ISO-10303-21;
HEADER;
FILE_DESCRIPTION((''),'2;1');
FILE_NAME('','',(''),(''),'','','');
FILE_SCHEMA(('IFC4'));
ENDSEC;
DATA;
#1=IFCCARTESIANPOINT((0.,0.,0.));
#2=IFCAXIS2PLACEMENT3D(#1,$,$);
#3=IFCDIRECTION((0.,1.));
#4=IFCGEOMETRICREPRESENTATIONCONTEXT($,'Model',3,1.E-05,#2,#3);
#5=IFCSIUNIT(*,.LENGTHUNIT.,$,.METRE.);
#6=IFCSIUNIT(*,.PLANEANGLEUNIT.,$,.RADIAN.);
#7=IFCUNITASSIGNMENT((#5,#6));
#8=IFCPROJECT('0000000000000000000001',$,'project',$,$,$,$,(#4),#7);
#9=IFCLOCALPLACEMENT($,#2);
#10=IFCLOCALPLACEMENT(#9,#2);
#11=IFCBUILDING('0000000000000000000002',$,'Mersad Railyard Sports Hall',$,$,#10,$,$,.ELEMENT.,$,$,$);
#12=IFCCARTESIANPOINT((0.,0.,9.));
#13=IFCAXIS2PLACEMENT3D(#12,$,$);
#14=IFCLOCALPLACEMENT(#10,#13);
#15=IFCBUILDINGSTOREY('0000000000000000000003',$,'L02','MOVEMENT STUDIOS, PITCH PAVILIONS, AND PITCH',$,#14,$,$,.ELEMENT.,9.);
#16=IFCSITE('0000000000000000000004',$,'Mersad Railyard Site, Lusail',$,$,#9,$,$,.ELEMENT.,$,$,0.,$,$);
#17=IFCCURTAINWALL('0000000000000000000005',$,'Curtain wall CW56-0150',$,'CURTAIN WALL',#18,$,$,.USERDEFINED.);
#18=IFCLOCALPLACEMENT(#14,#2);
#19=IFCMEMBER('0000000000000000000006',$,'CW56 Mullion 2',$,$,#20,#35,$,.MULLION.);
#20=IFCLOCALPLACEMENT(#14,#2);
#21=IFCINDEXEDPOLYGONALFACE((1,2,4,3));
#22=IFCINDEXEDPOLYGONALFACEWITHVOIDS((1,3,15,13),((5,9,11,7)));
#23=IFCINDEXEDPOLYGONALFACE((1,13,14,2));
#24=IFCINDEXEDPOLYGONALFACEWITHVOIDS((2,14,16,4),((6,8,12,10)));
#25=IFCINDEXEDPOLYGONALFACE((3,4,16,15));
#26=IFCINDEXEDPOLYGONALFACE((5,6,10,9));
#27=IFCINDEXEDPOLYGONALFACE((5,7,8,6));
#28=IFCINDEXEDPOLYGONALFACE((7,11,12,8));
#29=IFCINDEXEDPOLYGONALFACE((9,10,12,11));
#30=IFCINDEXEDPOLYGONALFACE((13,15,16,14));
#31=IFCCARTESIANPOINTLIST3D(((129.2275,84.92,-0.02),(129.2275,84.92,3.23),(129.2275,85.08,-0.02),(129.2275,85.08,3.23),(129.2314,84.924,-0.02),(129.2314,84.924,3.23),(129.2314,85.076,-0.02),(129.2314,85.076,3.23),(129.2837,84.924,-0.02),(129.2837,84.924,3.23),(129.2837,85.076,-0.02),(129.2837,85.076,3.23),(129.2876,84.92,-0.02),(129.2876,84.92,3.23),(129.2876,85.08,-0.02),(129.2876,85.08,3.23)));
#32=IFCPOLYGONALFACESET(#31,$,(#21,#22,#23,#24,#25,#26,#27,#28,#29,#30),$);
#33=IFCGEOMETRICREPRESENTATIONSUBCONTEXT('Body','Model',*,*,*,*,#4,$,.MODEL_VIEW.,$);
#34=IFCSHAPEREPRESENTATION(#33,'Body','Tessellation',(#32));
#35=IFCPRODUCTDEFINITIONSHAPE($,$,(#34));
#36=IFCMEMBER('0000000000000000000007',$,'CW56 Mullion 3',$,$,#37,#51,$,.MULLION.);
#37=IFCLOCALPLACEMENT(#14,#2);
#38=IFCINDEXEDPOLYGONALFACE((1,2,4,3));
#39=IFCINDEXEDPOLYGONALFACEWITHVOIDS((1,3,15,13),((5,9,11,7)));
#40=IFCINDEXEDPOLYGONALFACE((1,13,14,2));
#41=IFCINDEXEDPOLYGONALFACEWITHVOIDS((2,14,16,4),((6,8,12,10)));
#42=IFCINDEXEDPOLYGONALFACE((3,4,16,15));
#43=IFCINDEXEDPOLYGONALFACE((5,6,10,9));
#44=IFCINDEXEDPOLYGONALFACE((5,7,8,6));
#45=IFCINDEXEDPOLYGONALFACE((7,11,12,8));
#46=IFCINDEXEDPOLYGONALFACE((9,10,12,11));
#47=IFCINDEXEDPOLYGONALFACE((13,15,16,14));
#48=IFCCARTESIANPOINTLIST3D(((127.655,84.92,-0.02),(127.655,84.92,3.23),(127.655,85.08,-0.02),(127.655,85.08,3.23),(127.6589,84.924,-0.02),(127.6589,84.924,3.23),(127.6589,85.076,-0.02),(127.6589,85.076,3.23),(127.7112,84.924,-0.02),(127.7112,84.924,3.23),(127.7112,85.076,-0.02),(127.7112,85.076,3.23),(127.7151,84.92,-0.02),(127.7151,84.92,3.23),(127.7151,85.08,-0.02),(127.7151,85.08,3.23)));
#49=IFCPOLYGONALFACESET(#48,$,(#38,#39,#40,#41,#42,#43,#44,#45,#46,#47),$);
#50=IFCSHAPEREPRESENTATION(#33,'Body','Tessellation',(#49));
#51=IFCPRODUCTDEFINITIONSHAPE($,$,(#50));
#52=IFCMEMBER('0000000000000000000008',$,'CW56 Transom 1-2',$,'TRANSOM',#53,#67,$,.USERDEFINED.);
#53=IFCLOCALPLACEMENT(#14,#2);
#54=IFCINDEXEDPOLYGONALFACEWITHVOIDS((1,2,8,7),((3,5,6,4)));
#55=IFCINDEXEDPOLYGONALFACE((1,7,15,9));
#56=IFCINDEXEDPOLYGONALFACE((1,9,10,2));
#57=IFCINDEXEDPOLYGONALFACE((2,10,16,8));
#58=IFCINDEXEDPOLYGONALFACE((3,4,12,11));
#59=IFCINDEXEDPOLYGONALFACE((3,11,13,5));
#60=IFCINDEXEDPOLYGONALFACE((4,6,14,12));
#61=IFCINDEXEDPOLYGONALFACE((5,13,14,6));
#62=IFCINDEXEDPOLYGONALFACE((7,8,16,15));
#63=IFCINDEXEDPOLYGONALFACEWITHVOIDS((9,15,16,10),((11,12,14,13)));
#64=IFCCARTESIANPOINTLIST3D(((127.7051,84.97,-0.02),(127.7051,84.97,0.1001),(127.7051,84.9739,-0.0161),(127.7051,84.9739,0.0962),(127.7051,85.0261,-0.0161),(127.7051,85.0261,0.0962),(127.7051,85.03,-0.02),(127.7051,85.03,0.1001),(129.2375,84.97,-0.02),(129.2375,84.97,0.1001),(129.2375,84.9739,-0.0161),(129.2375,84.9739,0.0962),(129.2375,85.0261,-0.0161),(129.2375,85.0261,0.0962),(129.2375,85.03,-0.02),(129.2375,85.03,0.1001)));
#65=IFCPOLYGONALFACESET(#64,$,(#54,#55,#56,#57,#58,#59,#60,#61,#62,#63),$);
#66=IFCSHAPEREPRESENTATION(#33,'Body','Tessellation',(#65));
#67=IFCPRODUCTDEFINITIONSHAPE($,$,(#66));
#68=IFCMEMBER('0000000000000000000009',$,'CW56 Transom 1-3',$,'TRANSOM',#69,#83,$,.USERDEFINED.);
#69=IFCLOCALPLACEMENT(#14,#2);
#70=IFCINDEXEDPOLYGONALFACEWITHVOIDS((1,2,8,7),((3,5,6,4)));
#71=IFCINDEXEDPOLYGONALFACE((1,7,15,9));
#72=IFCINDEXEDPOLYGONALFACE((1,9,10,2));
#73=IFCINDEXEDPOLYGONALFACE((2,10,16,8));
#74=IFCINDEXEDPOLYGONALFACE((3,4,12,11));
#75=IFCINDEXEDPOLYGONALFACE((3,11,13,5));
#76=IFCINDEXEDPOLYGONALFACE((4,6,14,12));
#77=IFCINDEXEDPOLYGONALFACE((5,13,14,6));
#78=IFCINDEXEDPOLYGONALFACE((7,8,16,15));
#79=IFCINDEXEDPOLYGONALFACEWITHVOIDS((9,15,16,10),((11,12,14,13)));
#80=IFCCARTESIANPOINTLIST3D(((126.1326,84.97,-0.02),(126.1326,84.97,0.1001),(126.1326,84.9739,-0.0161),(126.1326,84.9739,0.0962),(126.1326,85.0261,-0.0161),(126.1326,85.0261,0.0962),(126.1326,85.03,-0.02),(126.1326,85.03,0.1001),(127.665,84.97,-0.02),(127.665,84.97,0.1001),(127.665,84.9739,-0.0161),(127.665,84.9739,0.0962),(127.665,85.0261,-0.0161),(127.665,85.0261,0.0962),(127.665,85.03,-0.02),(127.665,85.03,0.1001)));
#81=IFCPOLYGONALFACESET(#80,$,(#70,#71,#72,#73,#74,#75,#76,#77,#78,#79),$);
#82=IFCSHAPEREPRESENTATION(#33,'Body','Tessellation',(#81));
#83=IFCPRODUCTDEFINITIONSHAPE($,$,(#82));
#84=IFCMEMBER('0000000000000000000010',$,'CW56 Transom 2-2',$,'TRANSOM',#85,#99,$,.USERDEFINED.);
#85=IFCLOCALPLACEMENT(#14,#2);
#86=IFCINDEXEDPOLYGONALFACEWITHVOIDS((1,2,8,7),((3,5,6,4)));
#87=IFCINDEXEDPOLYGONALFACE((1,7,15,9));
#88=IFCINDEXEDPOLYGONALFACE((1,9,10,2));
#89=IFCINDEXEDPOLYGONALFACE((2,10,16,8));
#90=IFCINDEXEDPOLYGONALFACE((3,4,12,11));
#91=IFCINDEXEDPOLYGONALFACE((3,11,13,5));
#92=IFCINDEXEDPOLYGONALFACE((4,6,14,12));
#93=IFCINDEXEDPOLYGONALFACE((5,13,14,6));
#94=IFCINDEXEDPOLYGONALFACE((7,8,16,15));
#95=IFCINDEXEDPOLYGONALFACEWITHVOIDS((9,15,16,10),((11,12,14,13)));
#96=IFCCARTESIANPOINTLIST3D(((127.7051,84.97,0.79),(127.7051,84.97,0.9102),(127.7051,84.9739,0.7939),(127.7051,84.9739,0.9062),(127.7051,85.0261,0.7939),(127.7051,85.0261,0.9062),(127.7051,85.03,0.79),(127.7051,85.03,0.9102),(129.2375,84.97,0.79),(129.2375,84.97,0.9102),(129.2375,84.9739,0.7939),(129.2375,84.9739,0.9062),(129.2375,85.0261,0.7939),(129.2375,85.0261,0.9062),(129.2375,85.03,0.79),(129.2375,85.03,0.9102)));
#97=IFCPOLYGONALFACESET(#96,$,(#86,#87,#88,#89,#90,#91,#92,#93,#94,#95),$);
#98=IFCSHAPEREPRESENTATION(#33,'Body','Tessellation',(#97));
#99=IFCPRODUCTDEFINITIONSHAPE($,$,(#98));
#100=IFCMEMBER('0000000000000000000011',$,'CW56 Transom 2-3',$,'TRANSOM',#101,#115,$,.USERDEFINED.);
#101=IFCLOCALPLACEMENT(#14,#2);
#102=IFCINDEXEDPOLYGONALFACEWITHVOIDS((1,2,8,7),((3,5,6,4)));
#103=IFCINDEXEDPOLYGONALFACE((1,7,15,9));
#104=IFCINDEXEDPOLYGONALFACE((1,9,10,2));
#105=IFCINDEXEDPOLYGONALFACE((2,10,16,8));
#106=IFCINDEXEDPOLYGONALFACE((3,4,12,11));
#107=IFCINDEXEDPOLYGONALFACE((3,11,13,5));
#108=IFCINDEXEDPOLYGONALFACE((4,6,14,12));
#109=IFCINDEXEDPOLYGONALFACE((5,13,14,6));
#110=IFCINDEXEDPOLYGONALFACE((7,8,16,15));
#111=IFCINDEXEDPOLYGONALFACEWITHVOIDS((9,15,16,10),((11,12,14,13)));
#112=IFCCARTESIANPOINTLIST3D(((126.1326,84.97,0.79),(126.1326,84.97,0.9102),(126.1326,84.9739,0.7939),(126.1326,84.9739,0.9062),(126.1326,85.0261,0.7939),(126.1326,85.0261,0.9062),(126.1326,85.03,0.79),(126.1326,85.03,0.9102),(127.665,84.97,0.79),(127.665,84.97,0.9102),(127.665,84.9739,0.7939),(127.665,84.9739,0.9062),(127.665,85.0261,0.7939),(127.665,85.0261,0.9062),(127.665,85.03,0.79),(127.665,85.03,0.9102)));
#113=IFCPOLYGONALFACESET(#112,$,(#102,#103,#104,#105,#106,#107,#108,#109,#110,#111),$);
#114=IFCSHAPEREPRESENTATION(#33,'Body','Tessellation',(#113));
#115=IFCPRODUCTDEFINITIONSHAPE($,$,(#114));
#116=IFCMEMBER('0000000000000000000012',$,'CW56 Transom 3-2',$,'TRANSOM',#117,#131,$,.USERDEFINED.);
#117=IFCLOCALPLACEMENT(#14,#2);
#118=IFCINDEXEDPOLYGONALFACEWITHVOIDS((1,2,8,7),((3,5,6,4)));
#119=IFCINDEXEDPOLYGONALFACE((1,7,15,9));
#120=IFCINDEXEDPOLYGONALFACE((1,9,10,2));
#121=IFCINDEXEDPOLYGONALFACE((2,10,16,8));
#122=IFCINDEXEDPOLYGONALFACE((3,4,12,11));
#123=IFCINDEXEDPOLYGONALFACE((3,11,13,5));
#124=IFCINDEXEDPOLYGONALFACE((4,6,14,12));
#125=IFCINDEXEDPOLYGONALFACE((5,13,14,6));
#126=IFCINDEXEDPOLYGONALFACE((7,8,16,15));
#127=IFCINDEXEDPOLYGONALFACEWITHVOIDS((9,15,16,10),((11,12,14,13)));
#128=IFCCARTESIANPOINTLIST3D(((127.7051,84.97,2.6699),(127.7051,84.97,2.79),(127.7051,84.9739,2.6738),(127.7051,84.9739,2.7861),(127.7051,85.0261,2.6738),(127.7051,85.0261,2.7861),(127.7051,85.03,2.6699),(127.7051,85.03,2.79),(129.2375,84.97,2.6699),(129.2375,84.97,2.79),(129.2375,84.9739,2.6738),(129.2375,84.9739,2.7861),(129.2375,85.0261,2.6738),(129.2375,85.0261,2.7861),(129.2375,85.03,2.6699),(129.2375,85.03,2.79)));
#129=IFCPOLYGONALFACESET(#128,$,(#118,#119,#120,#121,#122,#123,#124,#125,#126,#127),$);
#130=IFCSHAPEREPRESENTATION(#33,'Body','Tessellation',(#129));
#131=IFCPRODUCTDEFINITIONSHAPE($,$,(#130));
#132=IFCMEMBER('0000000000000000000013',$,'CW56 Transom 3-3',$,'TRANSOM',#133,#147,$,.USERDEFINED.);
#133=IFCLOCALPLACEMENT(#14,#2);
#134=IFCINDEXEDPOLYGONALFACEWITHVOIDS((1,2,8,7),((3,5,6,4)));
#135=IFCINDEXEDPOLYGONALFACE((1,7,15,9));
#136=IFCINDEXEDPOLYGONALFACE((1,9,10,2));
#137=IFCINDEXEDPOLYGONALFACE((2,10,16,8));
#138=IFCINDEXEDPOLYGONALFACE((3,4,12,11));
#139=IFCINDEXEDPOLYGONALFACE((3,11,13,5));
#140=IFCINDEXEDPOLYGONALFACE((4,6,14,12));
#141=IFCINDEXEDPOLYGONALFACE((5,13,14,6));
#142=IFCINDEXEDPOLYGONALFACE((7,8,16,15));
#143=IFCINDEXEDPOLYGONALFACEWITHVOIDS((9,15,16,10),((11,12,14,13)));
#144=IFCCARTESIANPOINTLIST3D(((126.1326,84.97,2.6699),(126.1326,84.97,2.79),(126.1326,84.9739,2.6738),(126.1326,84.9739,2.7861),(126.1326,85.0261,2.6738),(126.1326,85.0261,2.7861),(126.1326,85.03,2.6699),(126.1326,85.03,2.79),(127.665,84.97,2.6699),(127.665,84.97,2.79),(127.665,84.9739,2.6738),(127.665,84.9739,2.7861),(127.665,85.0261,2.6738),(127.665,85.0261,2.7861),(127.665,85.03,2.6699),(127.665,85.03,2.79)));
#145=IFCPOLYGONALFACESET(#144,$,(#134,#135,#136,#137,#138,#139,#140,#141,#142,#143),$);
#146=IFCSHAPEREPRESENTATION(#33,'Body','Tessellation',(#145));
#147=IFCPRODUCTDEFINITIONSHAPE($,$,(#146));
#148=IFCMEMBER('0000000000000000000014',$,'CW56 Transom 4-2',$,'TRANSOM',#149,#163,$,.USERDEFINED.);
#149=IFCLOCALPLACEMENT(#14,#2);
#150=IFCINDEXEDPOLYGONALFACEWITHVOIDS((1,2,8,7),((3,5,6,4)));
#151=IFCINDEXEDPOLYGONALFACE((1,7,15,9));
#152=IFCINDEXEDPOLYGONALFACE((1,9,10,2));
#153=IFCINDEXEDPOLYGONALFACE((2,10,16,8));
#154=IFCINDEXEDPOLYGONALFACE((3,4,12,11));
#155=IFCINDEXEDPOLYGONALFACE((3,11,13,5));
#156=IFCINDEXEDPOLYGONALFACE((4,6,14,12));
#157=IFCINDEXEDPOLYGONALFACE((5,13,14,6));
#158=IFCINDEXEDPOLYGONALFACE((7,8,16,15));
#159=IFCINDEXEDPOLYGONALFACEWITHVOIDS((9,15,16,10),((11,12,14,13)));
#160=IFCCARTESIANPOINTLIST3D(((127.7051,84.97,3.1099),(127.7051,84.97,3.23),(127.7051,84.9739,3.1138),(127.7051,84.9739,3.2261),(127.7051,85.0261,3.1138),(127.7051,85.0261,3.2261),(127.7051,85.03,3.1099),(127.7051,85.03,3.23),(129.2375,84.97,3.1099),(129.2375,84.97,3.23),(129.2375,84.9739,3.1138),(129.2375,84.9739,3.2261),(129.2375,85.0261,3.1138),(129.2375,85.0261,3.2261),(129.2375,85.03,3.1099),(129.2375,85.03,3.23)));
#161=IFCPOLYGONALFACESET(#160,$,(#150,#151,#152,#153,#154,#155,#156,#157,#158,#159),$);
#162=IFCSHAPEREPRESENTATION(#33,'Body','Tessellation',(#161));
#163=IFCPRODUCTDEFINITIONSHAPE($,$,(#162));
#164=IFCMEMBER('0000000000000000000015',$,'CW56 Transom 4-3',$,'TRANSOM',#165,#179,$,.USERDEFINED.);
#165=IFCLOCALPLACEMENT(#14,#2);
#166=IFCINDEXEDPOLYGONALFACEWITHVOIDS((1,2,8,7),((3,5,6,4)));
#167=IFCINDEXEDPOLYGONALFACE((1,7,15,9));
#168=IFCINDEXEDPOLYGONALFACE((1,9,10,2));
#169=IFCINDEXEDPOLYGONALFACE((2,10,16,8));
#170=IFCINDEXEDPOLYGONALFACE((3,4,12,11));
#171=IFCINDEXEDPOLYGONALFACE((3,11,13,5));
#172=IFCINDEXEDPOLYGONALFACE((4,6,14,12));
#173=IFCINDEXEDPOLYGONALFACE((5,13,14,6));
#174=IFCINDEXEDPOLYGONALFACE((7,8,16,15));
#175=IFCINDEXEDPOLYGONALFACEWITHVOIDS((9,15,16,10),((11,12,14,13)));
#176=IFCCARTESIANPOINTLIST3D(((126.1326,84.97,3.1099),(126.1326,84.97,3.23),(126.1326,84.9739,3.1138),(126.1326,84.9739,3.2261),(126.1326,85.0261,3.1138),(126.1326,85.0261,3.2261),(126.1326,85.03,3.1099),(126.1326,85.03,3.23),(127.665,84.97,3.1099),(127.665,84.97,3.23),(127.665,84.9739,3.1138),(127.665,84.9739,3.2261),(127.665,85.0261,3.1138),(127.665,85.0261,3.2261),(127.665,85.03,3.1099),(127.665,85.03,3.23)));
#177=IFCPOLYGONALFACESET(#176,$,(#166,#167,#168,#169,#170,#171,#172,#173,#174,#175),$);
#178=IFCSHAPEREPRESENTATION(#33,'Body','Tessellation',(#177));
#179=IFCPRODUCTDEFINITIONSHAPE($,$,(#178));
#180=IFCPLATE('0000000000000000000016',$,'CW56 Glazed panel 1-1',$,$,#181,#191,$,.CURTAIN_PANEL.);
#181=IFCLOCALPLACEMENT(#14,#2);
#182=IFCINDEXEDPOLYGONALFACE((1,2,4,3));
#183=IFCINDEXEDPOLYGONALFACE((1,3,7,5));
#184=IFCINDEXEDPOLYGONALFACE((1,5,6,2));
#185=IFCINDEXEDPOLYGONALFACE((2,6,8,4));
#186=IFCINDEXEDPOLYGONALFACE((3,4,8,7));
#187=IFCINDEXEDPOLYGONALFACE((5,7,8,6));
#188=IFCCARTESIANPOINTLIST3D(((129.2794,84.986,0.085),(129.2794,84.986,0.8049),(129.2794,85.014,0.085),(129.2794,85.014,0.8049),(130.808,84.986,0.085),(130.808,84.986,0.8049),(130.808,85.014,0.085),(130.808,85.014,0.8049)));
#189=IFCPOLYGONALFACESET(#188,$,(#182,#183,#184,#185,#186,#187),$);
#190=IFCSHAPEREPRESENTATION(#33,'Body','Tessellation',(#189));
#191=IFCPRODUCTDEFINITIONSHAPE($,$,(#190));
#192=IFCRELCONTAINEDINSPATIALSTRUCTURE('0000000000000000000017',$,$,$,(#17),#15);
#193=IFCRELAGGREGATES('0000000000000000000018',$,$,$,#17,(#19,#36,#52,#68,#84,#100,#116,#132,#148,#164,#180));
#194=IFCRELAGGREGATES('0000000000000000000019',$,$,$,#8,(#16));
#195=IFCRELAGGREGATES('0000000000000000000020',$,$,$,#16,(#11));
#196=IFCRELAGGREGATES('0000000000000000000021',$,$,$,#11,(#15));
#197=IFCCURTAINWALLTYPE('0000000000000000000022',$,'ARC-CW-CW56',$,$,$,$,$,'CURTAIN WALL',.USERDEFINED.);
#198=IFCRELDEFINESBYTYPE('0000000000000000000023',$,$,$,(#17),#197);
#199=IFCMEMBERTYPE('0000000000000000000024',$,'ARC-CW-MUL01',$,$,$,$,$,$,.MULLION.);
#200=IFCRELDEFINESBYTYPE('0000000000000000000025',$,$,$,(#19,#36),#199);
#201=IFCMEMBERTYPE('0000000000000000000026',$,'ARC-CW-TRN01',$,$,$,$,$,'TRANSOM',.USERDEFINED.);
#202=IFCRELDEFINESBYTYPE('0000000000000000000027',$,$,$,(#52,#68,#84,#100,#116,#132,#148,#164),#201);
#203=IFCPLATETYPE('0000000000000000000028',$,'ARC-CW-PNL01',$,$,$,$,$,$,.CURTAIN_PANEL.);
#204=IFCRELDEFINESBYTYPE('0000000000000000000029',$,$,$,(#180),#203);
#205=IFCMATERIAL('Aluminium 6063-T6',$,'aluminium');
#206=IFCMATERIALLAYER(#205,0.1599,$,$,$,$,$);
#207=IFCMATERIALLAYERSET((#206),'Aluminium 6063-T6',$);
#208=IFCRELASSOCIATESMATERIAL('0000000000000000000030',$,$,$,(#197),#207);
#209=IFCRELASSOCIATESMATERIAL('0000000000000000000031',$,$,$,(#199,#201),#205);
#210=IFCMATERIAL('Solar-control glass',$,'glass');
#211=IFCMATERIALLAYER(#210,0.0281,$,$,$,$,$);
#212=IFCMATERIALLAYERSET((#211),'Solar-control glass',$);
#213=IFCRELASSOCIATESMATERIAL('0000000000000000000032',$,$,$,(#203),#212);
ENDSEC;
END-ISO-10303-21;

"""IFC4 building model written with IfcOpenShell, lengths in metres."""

from ifc_helpers import new_model, si_unit, direction, frame, origin, origin_2d, place, context, subcontext, project, spatial, rectangle, hollow_rectangle, extrude, material, layer, layer_set, material_profile, profile_set, type_object, element, aggregate, save


model = new_model("IFC4")

# Units and contexts
model_context = context("Model", 3, precision=1e-05, world=origin(), true_north=direction((0.0, 1.0)))
body_context = subcontext(model_context, "Body", "Model", "MODEL_VIEW")
ifc_project = project(units=[si_unit("LENGTHUNIT", "METRE"), si_unit("PLANEANGLEUNIT", "RADIAN")], contexts=[model_context])

# Site, building, storey
site_placement = place(None, origin())
site = spatial("IfcSite", under=ifc_project, at=site_placement, Name="Mersad Railyard Site, Lusail", CompositionType="ELEMENT", RefElevation=0.0)
building_placement = place(site_placement, origin())
building = spatial("IfcBuilding", under=site, at=building_placement, Name="Mersad Railyard Sports Hall", CompositionType="ELEMENT")
storey_placement = place(building_placement, frame((0.0, 0.0, 9.0)))
storey = spatial("IfcBuildingStorey", under=building, at=storey_placement, Name="L02", Description="MOVEMENT STUDIOS, PITCH PAVILIONS, AND PITCH", CompositionType="ELEMENT", Elevation=9.0)

# Curtain wall, members, plate
ifc_material_1 = material(Name="Aluminium 6063-T6", Category="aluminium")
ifc_layer_1 = layer(ifc_material_1, 0.1599)
ifc_layer_set_1 = layer_set([ifc_layer_1], Name="Aluminium 6063-T6")
curtain_wall_type = type_object("IfcCurtainWallType", Name="ARC-CW-CW56", ElementType="CURTAIN WALL", PredefinedType="USERDEFINED", material=ifc_layer_set_1)
curtain_wall_placement = place(storey_placement, origin())
curtain_wall = element("IfcCurtainWall", 1, at=curtain_wall_placement, inside=storey, type_object=curtain_wall_type, Name="Curtain wall CW56-0150", ObjectType="CURTAIN WALL", PredefinedType="USERDEFINED")
ifc_material_profile_1 = material_profile(ifc_material_1, hollow_rectangle(XDim=0.0601, YDim=0.1599, WallThickness=0.0039, at=origin_2d()), Name="AL MULLION 60x160x4")
ifc_profile_set_1 = profile_set([ifc_material_profile_1], Name="Aluminium 6063-T6")
member_type_1 = type_object("IfcMemberType", Name="ARC-CW-MUL01", PredefinedType="MULLION", material=ifc_profile_set_1)
member_1_placement = place(storey_placement, frame((129.2576, 85.0, -0.02), z_axis=(0.0, 0.0, 1.0), x_axis=(1.0, 0.0, 0.0)))
member_1 = element("IfcMember", 2, at=member_1_placement, type_object=member_type_1, Name="CW56 Mullion 2", PredefinedType="MULLION", context=body_context, shape_type="SweptSolid", body=[
    extrude(hollow_rectangle(XDim=0.0601, YDim=0.1599, WallThickness=0.0039, at=origin_2d()), origin(), (0.0, 0.0, 1.0), 3.25),
])
member_2_placement = place(storey_placement, frame((127.6851, 85.0, -0.02), z_axis=(0.0, 0.0, 1.0), x_axis=(1.0, 0.0, 0.0)))
member_2 = element("IfcMember", 3, at=member_2_placement, type_object=member_type_1, Name="CW56 Mullion 3", PredefinedType="MULLION", context=body_context, shape_type="SweptSolid", body=[
    extrude(hollow_rectangle(XDim=0.0601, YDim=0.1599, WallThickness=0.0039, at=origin_2d()), origin(), (0.0, 0.0, 1.0), 3.25),
])
ifc_material_profile_2 = material_profile(ifc_material_1, hollow_rectangle(XDim=0.0601, YDim=0.1201, WallThickness=0.0039, at=origin_2d()), Name="AL TRANSOM 60x120x4")
ifc_profile_set_2 = profile_set([ifc_material_profile_2], Name="Aluminium 6063-T6")
member_type_2 = type_object("IfcMemberType", Name="ARC-CW-TRN01", ElementType="TRANSOM", PredefinedType="USERDEFINED", material=ifc_profile_set_2)
member_3_placement = place(storey_placement, frame((129.2375, 85.0, 0.04), z_axis=(-1.0, 0.0, 0.0), x_axis=(0.0, -1.0, 0.0)))
member_3 = element("IfcMember", 4, at=member_3_placement, type_object=member_type_2, Name="CW56 Transom 1-2", ObjectType="TRANSOM", PredefinedType="USERDEFINED", context=body_context, shape_type="SweptSolid", body=[
    extrude(hollow_rectangle(XDim=0.0601, YDim=0.1201, WallThickness=0.0039, at=origin_2d()), origin(), (0.0, 0.0, 1.0), 1.5325),
])
member_4_placement = place(storey_placement, frame((127.665, 85.0, 0.04), z_axis=(-1.0, 0.0, 0.0), x_axis=(0.0, -1.0, 0.0)))
member_4 = element("IfcMember", 5, at=member_4_placement, type_object=member_type_2, Name="CW56 Transom 1-3", ObjectType="TRANSOM", PredefinedType="USERDEFINED", context=body_context, shape_type="SweptSolid", body=[
    extrude(hollow_rectangle(XDim=0.0601, YDim=0.1201, WallThickness=0.0039, at=origin_2d()), origin(), (0.0, 0.0, 1.0), 1.5325),
])
member_5_placement = place(storey_placement, frame((129.2375, 85.0, 0.8501), z_axis=(-1.0, 0.0, 0.0), x_axis=(0.0, -1.0, 0.0)))
member_5 = element("IfcMember", 6, at=member_5_placement, type_object=member_type_2, Name="CW56 Transom 2-2", ObjectType="TRANSOM", PredefinedType="USERDEFINED", context=body_context, shape_type="SweptSolid", body=[
    extrude(hollow_rectangle(XDim=0.0601, YDim=0.1201, WallThickness=0.0039, at=origin_2d()), origin(), (0.0, 0.0, 1.0), 1.5325),
])
member_6_placement = place(storey_placement, frame((127.665, 85.0, 0.8501), z_axis=(-1.0, 0.0, 0.0), x_axis=(0.0, -1.0, 0.0)))
member_6 = element("IfcMember", 7, at=member_6_placement, type_object=member_type_2, Name="CW56 Transom 2-3", ObjectType="TRANSOM", PredefinedType="USERDEFINED", context=body_context, shape_type="SweptSolid", body=[
    extrude(hollow_rectangle(XDim=0.0601, YDim=0.1201, WallThickness=0.0039, at=origin_2d()), origin(), (0.0, 0.0, 1.0), 1.5325),
])
member_7_placement = place(storey_placement, frame((129.2375, 85.0, 2.73), z_axis=(-1.0, 0.0, 0.0), x_axis=(0.0, -1.0, 0.0)))
member_7 = element("IfcMember", 8, at=member_7_placement, type_object=member_type_2, Name="CW56 Transom 3-2", ObjectType="TRANSOM", PredefinedType="USERDEFINED", context=body_context, shape_type="SweptSolid", body=[
    extrude(hollow_rectangle(XDim=0.0601, YDim=0.1201, WallThickness=0.0039, at=origin_2d()), origin(), (0.0, 0.0, 1.0), 1.5325),
])
member_8_placement = place(storey_placement, frame((127.665, 85.0, 2.73), z_axis=(-1.0, 0.0, 0.0), x_axis=(0.0, -1.0, 0.0)))
member_8 = element("IfcMember", 9, at=member_8_placement, type_object=member_type_2, Name="CW56 Transom 3-3", ObjectType="TRANSOM", PredefinedType="USERDEFINED", context=body_context, shape_type="SweptSolid", body=[
    extrude(hollow_rectangle(XDim=0.0601, YDim=0.1201, WallThickness=0.0039, at=origin_2d()), origin(), (0.0, 0.0, 1.0), 1.5325),
])
member_9_placement = place(storey_placement, frame((129.2375, 85.0, 3.1699), z_axis=(-1.0, 0.0, 0.0), x_axis=(0.0, -1.0, 0.0)))
member_9 = element("IfcMember", 10, at=member_9_placement, type_object=member_type_2, Name="CW56 Transom 4-2", ObjectType="TRANSOM", PredefinedType="USERDEFINED", context=body_context, shape_type="SweptSolid", body=[
    extrude(hollow_rectangle(XDim=0.0601, YDim=0.1201, WallThickness=0.0039, at=origin_2d()), origin(), (0.0, 0.0, 1.0), 1.5325),
])
member_10_placement = place(storey_placement, frame((127.665, 85.0, 3.1699), z_axis=(-1.0, 0.0, 0.0), x_axis=(0.0, -1.0, 0.0)))
member_10 = element("IfcMember", 11, at=member_10_placement, type_object=member_type_2, Name="CW56 Transom 4-3", ObjectType="TRANSOM", PredefinedType="USERDEFINED", context=body_context, shape_type="SweptSolid", body=[
    extrude(hollow_rectangle(XDim=0.0601, YDim=0.1201, WallThickness=0.0039, at=origin_2d()), origin(), (0.0, 0.0, 1.0), 1.5325),
])
ifc_material_2 = material(Name="Solar-control glass", Category="glass")
ifc_layer_2 = layer(ifc_material_2, 0.0281)
ifc_layer_set_2 = layer_set([ifc_layer_2], Name="Solar-control glass")
plate_type = type_object("IfcPlateType", Name="ARC-CW-PNL01", PredefinedType="CURTAIN_PANEL", material=ifc_layer_set_2)
plate_1_placement = place(storey_placement, frame((130.0437, 85.0, 0.085), z_axis=(0.0, 0.0, 1.0), x_axis=(-1.0, 0.0, 0.0)))
plate_1 = element("IfcPlate", 12, at=plate_1_placement, type_object=plate_type, Name="CW56 Glazed panel 1-1", PredefinedType="CURTAIN_PANEL", context=body_context, shape_type="SweptSolid", body=[
    extrude(rectangle(XDim=1.5286, YDim=0.0281, at=origin_2d()), origin(), (0.0, 0.0, 1.0), 0.72),
])
aggregate(curtain_wall, [member_1, member_2, member_3, member_4, member_5, member_6, member_7, member_8, member_9, member_10, plate_1])

save(model, "model.ifc")
